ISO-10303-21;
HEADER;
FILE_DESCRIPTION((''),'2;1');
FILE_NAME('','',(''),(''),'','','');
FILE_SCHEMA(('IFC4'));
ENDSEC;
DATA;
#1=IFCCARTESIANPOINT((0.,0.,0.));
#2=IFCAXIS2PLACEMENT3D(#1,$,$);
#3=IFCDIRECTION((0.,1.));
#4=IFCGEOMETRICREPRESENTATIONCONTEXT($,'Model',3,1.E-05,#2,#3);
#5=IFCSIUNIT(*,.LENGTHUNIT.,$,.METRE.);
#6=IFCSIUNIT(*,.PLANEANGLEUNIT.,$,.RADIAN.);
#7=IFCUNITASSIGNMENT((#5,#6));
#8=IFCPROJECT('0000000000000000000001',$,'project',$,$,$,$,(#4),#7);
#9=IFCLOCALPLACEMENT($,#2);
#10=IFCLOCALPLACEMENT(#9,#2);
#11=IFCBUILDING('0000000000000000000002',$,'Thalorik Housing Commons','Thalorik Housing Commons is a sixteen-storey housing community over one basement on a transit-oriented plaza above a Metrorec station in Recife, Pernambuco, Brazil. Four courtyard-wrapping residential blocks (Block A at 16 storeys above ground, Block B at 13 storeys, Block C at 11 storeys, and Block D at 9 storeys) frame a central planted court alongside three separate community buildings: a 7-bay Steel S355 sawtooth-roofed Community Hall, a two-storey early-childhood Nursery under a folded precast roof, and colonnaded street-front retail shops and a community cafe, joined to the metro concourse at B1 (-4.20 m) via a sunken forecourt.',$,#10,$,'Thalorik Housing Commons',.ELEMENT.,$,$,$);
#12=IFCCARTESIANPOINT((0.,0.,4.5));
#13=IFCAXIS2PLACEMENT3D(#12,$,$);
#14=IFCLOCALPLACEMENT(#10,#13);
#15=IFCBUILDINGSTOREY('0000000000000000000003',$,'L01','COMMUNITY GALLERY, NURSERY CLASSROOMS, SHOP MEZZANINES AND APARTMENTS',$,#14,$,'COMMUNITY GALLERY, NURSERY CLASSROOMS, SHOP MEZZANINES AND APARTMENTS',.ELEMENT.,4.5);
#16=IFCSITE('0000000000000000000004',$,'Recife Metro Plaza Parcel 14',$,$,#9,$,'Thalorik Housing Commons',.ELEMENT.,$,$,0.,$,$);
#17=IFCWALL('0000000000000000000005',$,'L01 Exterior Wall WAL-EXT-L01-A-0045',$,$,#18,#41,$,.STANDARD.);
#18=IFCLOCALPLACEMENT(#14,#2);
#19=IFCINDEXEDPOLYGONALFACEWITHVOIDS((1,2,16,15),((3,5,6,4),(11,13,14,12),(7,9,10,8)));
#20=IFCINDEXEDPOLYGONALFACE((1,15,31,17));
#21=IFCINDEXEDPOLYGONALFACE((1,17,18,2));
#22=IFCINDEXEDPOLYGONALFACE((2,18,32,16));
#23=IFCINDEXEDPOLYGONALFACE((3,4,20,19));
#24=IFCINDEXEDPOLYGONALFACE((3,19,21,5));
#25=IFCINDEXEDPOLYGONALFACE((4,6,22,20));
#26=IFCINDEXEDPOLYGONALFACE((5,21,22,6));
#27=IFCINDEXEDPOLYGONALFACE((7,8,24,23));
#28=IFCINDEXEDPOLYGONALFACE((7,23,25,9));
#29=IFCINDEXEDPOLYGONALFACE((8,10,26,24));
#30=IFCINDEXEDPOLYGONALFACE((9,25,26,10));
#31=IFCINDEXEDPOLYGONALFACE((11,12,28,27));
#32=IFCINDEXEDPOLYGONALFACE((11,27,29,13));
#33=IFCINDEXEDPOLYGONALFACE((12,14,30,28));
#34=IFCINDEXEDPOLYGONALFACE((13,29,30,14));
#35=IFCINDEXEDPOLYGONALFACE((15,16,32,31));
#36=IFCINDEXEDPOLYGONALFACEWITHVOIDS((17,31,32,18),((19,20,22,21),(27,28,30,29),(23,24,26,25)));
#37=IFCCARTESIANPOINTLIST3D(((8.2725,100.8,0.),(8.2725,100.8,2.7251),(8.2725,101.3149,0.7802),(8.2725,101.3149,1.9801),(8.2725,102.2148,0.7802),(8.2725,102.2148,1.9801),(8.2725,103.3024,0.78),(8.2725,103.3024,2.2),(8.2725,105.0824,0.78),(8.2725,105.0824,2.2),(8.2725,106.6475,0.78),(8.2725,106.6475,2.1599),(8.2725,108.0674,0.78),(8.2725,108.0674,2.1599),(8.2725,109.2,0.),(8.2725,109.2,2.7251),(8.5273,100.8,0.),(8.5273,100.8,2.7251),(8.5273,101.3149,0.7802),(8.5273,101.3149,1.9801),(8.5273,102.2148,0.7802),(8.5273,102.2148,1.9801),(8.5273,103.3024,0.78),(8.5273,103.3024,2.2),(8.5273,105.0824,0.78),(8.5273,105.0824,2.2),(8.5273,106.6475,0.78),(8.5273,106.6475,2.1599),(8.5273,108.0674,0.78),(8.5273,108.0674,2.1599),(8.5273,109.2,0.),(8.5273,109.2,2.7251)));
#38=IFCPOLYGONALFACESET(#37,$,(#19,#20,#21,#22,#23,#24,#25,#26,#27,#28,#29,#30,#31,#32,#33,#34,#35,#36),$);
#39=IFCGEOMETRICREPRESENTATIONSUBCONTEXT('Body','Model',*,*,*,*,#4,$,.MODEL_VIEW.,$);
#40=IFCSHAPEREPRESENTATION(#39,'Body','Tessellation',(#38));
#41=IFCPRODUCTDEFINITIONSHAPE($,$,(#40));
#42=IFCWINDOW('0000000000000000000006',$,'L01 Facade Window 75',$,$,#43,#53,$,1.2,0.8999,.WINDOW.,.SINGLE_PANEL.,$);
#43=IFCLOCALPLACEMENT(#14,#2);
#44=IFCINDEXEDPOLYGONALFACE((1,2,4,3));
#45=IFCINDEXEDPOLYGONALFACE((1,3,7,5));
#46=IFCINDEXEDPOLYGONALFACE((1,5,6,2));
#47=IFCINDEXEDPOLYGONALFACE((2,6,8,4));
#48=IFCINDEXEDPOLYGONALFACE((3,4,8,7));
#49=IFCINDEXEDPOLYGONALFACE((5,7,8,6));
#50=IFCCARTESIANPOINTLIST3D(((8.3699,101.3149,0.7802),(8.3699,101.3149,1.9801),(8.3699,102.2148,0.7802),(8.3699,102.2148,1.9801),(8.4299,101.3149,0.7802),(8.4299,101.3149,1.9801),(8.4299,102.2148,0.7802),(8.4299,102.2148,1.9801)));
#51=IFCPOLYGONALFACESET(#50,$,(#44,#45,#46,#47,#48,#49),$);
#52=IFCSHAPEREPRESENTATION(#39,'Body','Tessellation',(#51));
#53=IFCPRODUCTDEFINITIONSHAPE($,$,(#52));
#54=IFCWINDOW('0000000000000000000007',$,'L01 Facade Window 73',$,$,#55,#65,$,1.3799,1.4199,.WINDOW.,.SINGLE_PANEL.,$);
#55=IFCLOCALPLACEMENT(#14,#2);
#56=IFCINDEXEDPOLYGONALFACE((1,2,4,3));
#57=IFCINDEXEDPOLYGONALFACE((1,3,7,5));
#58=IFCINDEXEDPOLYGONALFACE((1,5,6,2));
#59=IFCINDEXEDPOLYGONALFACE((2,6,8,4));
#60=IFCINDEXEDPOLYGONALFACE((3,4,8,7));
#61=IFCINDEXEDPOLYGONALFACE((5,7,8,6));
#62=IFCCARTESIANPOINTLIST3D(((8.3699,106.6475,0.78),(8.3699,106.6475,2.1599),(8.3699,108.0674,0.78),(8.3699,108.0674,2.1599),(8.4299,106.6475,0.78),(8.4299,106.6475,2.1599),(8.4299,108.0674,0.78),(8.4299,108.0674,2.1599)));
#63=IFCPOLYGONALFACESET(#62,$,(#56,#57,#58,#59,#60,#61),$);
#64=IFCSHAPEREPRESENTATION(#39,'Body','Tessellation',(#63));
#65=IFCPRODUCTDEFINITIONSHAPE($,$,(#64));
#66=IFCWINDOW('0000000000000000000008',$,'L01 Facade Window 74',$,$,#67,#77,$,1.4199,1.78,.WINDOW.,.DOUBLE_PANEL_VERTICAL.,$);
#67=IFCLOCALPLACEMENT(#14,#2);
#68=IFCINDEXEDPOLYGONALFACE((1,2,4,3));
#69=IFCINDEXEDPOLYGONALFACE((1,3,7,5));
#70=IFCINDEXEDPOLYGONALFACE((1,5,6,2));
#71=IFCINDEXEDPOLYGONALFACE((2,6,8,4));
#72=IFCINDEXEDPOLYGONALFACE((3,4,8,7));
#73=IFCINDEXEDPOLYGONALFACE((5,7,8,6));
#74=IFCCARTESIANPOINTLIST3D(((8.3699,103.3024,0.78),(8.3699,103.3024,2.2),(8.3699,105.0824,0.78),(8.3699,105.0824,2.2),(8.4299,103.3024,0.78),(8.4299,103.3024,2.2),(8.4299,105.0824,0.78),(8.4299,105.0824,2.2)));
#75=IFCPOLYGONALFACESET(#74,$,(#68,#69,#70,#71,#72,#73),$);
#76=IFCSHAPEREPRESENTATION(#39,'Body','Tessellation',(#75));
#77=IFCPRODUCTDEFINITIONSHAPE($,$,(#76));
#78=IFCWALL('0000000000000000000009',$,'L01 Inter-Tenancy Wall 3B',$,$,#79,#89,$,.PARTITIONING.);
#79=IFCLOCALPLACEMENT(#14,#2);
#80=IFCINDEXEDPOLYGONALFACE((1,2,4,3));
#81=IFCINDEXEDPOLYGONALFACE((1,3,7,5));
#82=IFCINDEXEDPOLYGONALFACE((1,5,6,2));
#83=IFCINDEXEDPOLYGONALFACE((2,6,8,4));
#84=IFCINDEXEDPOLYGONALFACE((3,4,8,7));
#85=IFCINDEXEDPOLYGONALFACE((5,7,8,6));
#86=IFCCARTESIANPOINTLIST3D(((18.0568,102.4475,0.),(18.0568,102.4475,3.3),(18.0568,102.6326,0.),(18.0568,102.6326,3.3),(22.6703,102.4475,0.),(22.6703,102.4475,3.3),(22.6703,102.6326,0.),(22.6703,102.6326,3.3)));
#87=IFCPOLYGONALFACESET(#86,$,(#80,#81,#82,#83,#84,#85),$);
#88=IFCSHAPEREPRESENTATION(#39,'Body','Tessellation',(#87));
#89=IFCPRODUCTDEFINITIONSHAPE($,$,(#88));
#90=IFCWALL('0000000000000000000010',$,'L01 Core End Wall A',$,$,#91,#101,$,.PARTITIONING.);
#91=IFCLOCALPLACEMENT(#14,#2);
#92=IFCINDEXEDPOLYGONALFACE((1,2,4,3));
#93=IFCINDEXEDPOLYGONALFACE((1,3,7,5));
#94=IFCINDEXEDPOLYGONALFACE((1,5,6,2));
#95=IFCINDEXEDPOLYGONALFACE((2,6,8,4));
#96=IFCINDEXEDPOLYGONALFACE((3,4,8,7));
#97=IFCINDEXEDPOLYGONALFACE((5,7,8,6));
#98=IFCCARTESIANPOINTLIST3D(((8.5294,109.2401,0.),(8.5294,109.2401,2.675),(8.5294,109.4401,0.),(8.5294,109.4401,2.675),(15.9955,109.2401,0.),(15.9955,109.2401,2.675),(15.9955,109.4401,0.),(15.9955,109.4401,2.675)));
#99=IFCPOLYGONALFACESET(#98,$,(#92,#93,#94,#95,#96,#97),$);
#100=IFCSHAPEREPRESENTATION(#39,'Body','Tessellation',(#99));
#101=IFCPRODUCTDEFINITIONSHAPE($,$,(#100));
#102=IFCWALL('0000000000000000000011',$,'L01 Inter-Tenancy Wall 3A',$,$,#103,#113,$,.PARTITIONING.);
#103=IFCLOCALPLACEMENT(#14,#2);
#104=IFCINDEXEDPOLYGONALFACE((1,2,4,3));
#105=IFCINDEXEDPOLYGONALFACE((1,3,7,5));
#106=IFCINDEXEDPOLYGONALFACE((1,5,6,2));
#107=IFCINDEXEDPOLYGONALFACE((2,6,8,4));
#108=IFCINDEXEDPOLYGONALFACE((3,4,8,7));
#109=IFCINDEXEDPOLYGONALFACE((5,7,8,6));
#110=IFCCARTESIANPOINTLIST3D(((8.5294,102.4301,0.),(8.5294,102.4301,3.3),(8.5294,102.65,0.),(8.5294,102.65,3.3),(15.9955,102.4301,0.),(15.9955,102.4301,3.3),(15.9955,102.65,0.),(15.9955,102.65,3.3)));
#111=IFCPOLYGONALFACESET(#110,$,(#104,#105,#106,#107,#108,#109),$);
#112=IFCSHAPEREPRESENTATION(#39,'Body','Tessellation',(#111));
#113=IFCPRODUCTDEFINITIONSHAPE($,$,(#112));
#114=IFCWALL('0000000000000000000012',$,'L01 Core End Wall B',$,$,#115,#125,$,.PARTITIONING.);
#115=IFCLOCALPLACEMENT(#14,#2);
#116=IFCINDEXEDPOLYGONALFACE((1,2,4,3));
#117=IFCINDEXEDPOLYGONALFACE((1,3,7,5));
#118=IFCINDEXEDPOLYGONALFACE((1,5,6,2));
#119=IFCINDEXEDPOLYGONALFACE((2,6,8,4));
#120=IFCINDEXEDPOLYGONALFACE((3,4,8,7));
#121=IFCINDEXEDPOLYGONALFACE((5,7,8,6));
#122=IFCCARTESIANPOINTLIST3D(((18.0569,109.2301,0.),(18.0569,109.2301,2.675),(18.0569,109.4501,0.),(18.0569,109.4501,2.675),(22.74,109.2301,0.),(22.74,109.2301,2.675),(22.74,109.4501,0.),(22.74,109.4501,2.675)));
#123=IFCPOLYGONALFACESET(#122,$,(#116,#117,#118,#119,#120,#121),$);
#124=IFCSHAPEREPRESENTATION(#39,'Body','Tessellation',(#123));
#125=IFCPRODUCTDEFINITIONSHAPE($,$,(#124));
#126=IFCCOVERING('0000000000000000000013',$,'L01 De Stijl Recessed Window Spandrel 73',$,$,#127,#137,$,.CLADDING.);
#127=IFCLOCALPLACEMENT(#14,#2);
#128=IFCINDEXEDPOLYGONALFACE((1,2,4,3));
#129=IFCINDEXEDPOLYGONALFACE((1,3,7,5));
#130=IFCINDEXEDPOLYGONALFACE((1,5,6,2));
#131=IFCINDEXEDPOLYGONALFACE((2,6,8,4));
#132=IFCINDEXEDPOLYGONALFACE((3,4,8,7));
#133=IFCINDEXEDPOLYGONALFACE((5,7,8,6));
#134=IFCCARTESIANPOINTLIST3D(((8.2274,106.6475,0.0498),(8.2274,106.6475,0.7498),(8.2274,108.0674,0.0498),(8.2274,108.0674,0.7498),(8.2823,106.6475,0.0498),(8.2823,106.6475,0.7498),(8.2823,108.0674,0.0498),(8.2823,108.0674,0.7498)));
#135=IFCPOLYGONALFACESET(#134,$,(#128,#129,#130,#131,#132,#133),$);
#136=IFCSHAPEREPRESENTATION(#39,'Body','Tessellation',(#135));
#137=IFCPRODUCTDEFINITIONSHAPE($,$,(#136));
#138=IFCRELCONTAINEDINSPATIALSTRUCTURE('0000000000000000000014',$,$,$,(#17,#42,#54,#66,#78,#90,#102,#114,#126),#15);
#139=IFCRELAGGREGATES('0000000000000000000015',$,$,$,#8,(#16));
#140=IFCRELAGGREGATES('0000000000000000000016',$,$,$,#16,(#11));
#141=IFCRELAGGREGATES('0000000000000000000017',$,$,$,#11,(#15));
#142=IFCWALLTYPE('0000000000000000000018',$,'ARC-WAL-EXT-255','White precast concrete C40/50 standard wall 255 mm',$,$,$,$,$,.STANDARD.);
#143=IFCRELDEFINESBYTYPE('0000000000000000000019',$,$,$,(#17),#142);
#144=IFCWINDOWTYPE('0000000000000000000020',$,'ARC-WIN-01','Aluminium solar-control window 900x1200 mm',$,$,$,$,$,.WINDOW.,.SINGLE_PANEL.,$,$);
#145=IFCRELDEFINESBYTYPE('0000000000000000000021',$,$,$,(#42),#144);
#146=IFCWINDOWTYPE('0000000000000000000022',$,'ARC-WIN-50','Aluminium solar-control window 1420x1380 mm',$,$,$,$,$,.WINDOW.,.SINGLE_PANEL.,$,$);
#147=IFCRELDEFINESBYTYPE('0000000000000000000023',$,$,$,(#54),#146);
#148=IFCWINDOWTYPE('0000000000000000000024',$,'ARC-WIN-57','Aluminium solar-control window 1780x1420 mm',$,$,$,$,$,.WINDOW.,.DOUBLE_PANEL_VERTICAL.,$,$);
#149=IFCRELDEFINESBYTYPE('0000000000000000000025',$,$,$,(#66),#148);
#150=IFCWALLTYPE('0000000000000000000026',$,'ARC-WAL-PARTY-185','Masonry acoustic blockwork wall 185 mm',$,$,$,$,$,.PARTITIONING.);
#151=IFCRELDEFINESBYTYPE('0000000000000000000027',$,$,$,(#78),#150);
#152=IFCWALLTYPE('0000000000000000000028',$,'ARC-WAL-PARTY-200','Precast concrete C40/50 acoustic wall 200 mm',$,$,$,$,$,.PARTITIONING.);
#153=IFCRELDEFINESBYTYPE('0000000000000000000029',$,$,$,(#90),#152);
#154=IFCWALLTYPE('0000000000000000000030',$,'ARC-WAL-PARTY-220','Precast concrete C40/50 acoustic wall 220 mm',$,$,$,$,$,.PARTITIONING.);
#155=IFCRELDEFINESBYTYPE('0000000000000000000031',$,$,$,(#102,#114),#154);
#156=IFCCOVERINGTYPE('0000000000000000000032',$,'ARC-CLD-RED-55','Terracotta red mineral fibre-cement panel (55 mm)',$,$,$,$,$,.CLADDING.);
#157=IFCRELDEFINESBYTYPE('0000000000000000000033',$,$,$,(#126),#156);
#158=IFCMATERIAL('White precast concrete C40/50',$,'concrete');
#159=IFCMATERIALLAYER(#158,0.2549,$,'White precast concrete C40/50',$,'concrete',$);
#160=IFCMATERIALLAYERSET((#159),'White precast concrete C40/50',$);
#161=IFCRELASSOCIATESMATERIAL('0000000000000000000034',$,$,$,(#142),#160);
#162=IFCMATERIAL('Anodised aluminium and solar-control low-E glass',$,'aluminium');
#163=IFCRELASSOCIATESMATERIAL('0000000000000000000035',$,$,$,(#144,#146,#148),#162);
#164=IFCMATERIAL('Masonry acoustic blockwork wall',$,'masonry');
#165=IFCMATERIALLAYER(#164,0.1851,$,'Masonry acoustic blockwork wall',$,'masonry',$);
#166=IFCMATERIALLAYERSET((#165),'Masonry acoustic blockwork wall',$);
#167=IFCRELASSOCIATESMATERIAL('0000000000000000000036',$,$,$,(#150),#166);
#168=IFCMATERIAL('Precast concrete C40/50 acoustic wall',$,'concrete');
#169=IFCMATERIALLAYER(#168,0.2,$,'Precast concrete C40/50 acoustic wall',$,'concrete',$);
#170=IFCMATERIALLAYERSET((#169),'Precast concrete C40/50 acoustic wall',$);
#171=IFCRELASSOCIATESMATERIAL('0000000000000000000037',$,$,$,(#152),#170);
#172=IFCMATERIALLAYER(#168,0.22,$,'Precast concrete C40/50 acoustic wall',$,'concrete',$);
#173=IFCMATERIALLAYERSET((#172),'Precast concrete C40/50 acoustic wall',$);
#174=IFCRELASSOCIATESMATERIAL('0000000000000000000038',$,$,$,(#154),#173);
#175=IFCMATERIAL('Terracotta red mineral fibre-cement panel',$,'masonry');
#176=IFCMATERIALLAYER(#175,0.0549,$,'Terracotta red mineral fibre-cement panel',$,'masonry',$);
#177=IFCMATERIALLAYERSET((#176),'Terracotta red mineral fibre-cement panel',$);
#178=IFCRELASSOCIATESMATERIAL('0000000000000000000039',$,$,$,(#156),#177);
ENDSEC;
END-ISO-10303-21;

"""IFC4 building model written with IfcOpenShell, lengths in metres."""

from ifc_helpers import new_model, si_unit, direction, frame, frame_2d, origin, origin_2d, place, context, subcontext, project, spatial, rectangle, extrude, material, layer, layer_set, type_object, element, fill, save


model = new_model("IFC4")

# Units and contexts
model_context = context("Model", 3, precision=1e-05, world=origin(), true_north=direction((0.0, 1.0)))
body_context = subcontext(model_context, "Body", "Model", "MODEL_VIEW")
ifc_project = project(units=[si_unit("LENGTHUNIT", "METRE"), si_unit("PLANEANGLEUNIT", "RADIAN")], contexts=[model_context])

# Site, building, storey
site_placement = place(None, origin())
site = spatial("IfcSite", under=ifc_project, at=site_placement, Name="Recife Metro Plaza Parcel 14", LongName="Thalorik Housing Commons", CompositionType="ELEMENT", RefElevation=0.0)
building_placement = place(site_placement, origin())
building = spatial("IfcBuilding", under=site, at=building_placement, Name="Thalorik Housing Commons", Description="Thalorik Housing Commons is a sixteen-storey housing community over one basement on a transit-oriented plaza above a Metrorec station in Recife, Pernambuco, Brazil. Four courtyard-wrapping residential blocks (Block A at 16 storeys above ground, Block B at 13 storeys, Block C at 11 storeys, and Block D at 9 storeys) frame a central planted court alongside three separate community buildings: a 7-bay Steel S355 sawtooth-roofed Community Hall, a two-storey early-childhood Nursery under a folded precast roof, and colonnaded street-front retail shops and a community cafe, joined to the metro concourse at B1 (-4.20 m) via a sunken forecourt.", LongName="Thalorik Housing Commons", CompositionType="ELEMENT")
storey_placement = place(building_placement, frame((0.0, 0.0, 4.5)))
storey = spatial("IfcBuildingStorey", under=building, at=storey_placement, Name="L01", Description="COMMUNITY GALLERY, NURSERY CLASSROOMS, SHOP MEZZANINES AND APARTMENTS", LongName="COMMUNITY GALLERY, NURSERY CLASSROOMS, SHOP MEZZANINES AND APARTMENTS", CompositionType="ELEMENT", Elevation=4.5)

# Wall, openings, windows
ifc_material_1 = material(Name="White precast concrete C40/50", Category="concrete")
ifc_layer_1 = layer(ifc_material_1, 0.2549, Name="White precast concrete C40/50", Category="concrete")
ifc_layer_set_1 = layer_set([ifc_layer_1], Name="White precast concrete C40/50")
wall_type_1 = type_object("IfcWallType", Name="ARC-WAL-EXT-255", Description="White precast concrete C40/50 standard wall 255 mm", PredefinedType="STANDARD", material=ifc_layer_set_1)
wall_1_placement = place(storey_placement, frame((8.3999, 109.2, 0.0), z_axis=(0.0, 0.0, 1.0), x_axis=(0.0, -1.0, 0.0)))
wall_1 = element("IfcWall", 1, at=wall_1_placement, inside=storey, type_object=wall_type_1, Name="L01 Exterior Wall WAL-EXT-L01-A-0045", PredefinedType="STANDARD", context=body_context, shape_type="SweptSolid", body=[
    extrude(rectangle(XDim=8.3999, YDim=0.2549, at=frame_2d((4.2, 0.0))), origin(), (0.0, 0.0, 1.0), 2.7251),
])
opening_1_placement = place(wall_1_placement, frame((1.1326, 0.0, 0.78)))
opening_1 = element("IfcOpeningElement", 2, at=opening_1_placement, cuts=wall_1, PredefinedType="OPENING", context=body_context, shape_type="SweptSolid", body=[
    extrude(rectangle(XDim=1.4199, YDim=1.3799, at=frame_2d((0.71, 0.6899))), frame((0.0, 0.1375, 0.0), z_axis=(0.0, -1.0, 0.0), x_axis=(1.0, 0.0, 0.0)), (0.0, 0.0, 1.0), 0.2749),
])
opening_2_placement = place(wall_1_placement, frame((4.1174, 0.0, 0.78)))
opening_2 = element("IfcOpeningElement", 3, at=opening_2_placement, cuts=wall_1, PredefinedType="OPENING", context=body_context, shape_type="SweptSolid", body=[
    extrude(rectangle(XDim=1.78, YDim=1.4199, at=frame_2d((0.8901, 0.71))), frame((0.0, 0.1375, 0.0), z_axis=(0.0, -1.0, 0.0), x_axis=(1.0, 0.0, 0.0)), (0.0, 0.0, 1.0), 0.2749),
])
opening_3_placement = place(wall_1_placement, frame((6.9851, 0.0, 0.78)))
opening_3 = element("IfcOpeningElement", 4, at=opening_3_placement, cuts=wall_1, PredefinedType="OPENING", context=body_context, shape_type="SweptSolid", body=[
    extrude(rectangle(XDim=0.8999, YDim=1.2, at=frame_2d((0.45, 0.6001))), frame((0.0, 0.1375, 0.0), z_axis=(0.0, -1.0, 0.0), x_axis=(1.0, 0.0, 0.0)), (0.0, 0.0, 1.0), 0.2749),
])
ifc_material_2 = material(Name="Anodised aluminium and solar-control low-E glass", Category="aluminium")
window_type_1 = type_object("IfcWindowType", Name="ARC-WIN-01", Description="Aluminium solar-control window 900x1200 mm", PartitioningType="SINGLE_PANEL", PredefinedType="WINDOW", material=ifc_material_2)
window_1_placement = place(opening_3_placement, origin())
window_1 = element("IfcWindow", 5, at=window_1_placement, inside=storey, type_object=window_type_1, Name="L01 Facade Window 75", OverallHeight=1.2, OverallWidth=0.8999, PartitioningType="SINGLE_PANEL", PredefinedType="WINDOW", context=body_context, shape_type="SweptSolid", body=[
    extrude(rectangle(XDim=0.8999, YDim=1.2, at=frame_2d((0.45, 0.6001))), frame((0.0, 0.03, 0.0), z_axis=(0.0, -1.0, 0.0), x_axis=(1.0, 0.0, 0.0)), (0.0, 0.0, 1.0), 0.0601),
])
fill(opening_3, window_1)
window_type_2 = type_object("IfcWindowType", Name="ARC-WIN-50", Description="Aluminium solar-control window 1420x1380 mm", PartitioningType="SINGLE_PANEL", PredefinedType="WINDOW", material=ifc_material_2)
window_2_placement = place(opening_1_placement, origin())
window_2 = element("IfcWindow", 6, at=window_2_placement, inside=storey, type_object=window_type_2, Name="L01 Facade Window 73", OverallHeight=1.3799, OverallWidth=1.4199, PartitioningType="SINGLE_PANEL", PredefinedType="WINDOW", context=body_context, shape_type="SweptSolid", body=[
    extrude(rectangle(XDim=1.4199, YDim=1.3799, at=frame_2d((0.71, 0.6899))), frame((0.0, 0.03, 0.0), z_axis=(0.0, -1.0, 0.0), x_axis=(1.0, 0.0, 0.0)), (0.0, 0.0, 1.0), 0.0601),
])
fill(opening_1, window_2)
window_type_3 = type_object("IfcWindowType", Name="ARC-WIN-57", Description="Aluminium solar-control window 1780x1420 mm", PartitioningType="DOUBLE_PANEL_VERTICAL", PredefinedType="WINDOW", material=ifc_material_2)
window_3_placement = place(opening_2_placement, origin())
window_3 = element("IfcWindow", 7, at=window_3_placement, inside=storey, type_object=window_type_3, Name="L01 Facade Window 74", OverallHeight=1.4199, OverallWidth=1.78, PartitioningType="DOUBLE_PANEL_VERTICAL", PredefinedType="WINDOW", context=body_context, shape_type="SweptSolid", body=[
    extrude(rectangle(XDim=1.78, YDim=1.4199, at=frame_2d((0.8901, 0.71))), frame((0.0, 0.03, 0.0), z_axis=(0.0, -1.0, 0.0), x_axis=(1.0, 0.0, 0.0)), (0.0, 0.0, 1.0), 0.0601),
])
fill(opening_2, window_3)

# Walls
ifc_material_3 = material(Name="Masonry acoustic blockwork wall", Category="masonry")
ifc_layer_2 = layer(ifc_material_3, 0.1851, Name="Masonry acoustic blockwork wall", Category="masonry")
ifc_layer_set_2 = layer_set([ifc_layer_2], Name="Masonry acoustic blockwork wall")
wall_type_2 = type_object("IfcWallType", Name="ARC-WAL-PARTY-185", Description="Masonry acoustic blockwork wall 185 mm", PredefinedType="PARTITIONING", material=ifc_layer_set_2)
wall_2_placement = place(storey_placement, frame((18.0569, 102.54, 0.0), z_axis=(0.0, 0.0, 1.0), x_axis=(1.0, 0.0, 0.0)))
element("IfcWall", 8, at=wall_2_placement, inside=storey, type_object=wall_type_2, Name="L01 Inter-Tenancy Wall 3B", PredefinedType="PARTITIONING", context=body_context, shape_type="SweptSolid", body=[
    extrude(rectangle(XDim=4.6135, YDim=0.1851, at=frame_2d((2.3066, 0.0))), origin(), (0.0, 0.0, 1.0), 3.3),
])
ifc_material_4 = material(Name="Precast concrete C40/50 acoustic wall", Category="concrete")
ifc_layer_3 = layer(ifc_material_4, 0.2, Name="Precast concrete C40/50 acoustic wall", Category="concrete")
ifc_layer_set_3 = layer_set([ifc_layer_3], Name="Precast concrete C40/50 acoustic wall")
wall_type_3 = type_object("IfcWallType", Name="ARC-WAL-PARTY-200", Description="Precast concrete C40/50 acoustic wall 200 mm", PredefinedType="PARTITIONING", material=ifc_layer_set_3)
wall_3_placement = place(storey_placement, frame((8.5295, 109.3401, 0.0), z_axis=(0.0, 0.0, 1.0), x_axis=(1.0, 0.0, 0.0)))
element("IfcWall", 9, at=wall_3_placement, inside=storey, type_object=wall_type_3, Name="L01 Core End Wall A", PredefinedType="PARTITIONING", context=body_context, shape_type="SweptSolid", body=[
    extrude(rectangle(XDim=7.4661, YDim=0.2, at=frame_2d((3.7329, 0.0))), origin(), (0.0, 0.0, 1.0), 2.675),
])
ifc_layer_4 = layer(ifc_material_4, 0.22, Name="Precast concrete C40/50 acoustic wall", Category="concrete")
ifc_layer_set_4 = layer_set([ifc_layer_4], Name="Precast concrete C40/50 acoustic wall")
wall_type_4 = type_object("IfcWallType", Name="ARC-WAL-PARTY-220", Description="Precast concrete C40/50 acoustic wall 220 mm", PredefinedType="PARTITIONING", material=ifc_layer_set_4)
wall_4_placement = place(storey_placement, frame((8.5295, 102.54, 0.0), z_axis=(0.0, 0.0, 1.0), x_axis=(1.0, 0.0, 0.0)))
element("IfcWall", 10, at=wall_4_placement, inside=storey, type_object=wall_type_4, Name="L01 Inter-Tenancy Wall 3A", PredefinedType="PARTITIONING", context=body_context, shape_type="SweptSolid", body=[
    extrude(rectangle(XDim=7.4661, YDim=0.22, at=frame_2d((3.7329, 0.0))), origin(), (0.0, 0.0, 1.0), 3.3),
])
wall_5_placement = place(storey_placement, frame((18.0569, 109.3401, 0.0), z_axis=(0.0, 0.0, 1.0), x_axis=(1.0, 0.0, 0.0)))
element("IfcWall", 11, at=wall_5_placement, inside=storey, type_object=wall_type_4, Name="L01 Core End Wall B", PredefinedType="PARTITIONING", context=body_context, shape_type="SweptSolid", body=[
    extrude(rectangle(XDim=4.6831, YDim=0.22, at=frame_2d((2.3416, 0.0))), origin(), (0.0, 0.0, 1.0), 2.675),
])

# Covering
ifc_material_5 = material(Name="Terracotta red mineral fibre-cement panel", Category="masonry")
ifc_layer_5 = layer(ifc_material_5, 0.0549, Name="Terracotta red mineral fibre-cement panel", Category="masonry")
ifc_layer_set_5 = layer_set([ifc_layer_5], Name="Terracotta red mineral fibre-cement panel")
covering_type_1 = type_object("IfcCoveringType", Name="ARC-CLD-RED-55", Description="Terracotta red mineral fibre-cement panel (55 mm)", PredefinedType="CLADDING", material=ifc_layer_set_5)
covering_1_placement = place(storey_placement, frame((8.2549, 107.3574, 0.0498), z_axis=(0.0, 0.0, 1.0), x_axis=(0.0, -1.0, 0.0)))
element("IfcCovering", 12, at=covering_1_placement, inside=storey, type_object=covering_type_1, Name="L01 De Stijl Recessed Window Spandrel 73", PredefinedType="CLADDING", context=body_context, shape_type="SweptSolid", body=[
    extrude(rectangle(XDim=1.4199, YDim=0.0549, at=origin_2d()), origin(), (0.0, 0.0, 1.0), 0.7),
])

save(model, "model.ifc")
